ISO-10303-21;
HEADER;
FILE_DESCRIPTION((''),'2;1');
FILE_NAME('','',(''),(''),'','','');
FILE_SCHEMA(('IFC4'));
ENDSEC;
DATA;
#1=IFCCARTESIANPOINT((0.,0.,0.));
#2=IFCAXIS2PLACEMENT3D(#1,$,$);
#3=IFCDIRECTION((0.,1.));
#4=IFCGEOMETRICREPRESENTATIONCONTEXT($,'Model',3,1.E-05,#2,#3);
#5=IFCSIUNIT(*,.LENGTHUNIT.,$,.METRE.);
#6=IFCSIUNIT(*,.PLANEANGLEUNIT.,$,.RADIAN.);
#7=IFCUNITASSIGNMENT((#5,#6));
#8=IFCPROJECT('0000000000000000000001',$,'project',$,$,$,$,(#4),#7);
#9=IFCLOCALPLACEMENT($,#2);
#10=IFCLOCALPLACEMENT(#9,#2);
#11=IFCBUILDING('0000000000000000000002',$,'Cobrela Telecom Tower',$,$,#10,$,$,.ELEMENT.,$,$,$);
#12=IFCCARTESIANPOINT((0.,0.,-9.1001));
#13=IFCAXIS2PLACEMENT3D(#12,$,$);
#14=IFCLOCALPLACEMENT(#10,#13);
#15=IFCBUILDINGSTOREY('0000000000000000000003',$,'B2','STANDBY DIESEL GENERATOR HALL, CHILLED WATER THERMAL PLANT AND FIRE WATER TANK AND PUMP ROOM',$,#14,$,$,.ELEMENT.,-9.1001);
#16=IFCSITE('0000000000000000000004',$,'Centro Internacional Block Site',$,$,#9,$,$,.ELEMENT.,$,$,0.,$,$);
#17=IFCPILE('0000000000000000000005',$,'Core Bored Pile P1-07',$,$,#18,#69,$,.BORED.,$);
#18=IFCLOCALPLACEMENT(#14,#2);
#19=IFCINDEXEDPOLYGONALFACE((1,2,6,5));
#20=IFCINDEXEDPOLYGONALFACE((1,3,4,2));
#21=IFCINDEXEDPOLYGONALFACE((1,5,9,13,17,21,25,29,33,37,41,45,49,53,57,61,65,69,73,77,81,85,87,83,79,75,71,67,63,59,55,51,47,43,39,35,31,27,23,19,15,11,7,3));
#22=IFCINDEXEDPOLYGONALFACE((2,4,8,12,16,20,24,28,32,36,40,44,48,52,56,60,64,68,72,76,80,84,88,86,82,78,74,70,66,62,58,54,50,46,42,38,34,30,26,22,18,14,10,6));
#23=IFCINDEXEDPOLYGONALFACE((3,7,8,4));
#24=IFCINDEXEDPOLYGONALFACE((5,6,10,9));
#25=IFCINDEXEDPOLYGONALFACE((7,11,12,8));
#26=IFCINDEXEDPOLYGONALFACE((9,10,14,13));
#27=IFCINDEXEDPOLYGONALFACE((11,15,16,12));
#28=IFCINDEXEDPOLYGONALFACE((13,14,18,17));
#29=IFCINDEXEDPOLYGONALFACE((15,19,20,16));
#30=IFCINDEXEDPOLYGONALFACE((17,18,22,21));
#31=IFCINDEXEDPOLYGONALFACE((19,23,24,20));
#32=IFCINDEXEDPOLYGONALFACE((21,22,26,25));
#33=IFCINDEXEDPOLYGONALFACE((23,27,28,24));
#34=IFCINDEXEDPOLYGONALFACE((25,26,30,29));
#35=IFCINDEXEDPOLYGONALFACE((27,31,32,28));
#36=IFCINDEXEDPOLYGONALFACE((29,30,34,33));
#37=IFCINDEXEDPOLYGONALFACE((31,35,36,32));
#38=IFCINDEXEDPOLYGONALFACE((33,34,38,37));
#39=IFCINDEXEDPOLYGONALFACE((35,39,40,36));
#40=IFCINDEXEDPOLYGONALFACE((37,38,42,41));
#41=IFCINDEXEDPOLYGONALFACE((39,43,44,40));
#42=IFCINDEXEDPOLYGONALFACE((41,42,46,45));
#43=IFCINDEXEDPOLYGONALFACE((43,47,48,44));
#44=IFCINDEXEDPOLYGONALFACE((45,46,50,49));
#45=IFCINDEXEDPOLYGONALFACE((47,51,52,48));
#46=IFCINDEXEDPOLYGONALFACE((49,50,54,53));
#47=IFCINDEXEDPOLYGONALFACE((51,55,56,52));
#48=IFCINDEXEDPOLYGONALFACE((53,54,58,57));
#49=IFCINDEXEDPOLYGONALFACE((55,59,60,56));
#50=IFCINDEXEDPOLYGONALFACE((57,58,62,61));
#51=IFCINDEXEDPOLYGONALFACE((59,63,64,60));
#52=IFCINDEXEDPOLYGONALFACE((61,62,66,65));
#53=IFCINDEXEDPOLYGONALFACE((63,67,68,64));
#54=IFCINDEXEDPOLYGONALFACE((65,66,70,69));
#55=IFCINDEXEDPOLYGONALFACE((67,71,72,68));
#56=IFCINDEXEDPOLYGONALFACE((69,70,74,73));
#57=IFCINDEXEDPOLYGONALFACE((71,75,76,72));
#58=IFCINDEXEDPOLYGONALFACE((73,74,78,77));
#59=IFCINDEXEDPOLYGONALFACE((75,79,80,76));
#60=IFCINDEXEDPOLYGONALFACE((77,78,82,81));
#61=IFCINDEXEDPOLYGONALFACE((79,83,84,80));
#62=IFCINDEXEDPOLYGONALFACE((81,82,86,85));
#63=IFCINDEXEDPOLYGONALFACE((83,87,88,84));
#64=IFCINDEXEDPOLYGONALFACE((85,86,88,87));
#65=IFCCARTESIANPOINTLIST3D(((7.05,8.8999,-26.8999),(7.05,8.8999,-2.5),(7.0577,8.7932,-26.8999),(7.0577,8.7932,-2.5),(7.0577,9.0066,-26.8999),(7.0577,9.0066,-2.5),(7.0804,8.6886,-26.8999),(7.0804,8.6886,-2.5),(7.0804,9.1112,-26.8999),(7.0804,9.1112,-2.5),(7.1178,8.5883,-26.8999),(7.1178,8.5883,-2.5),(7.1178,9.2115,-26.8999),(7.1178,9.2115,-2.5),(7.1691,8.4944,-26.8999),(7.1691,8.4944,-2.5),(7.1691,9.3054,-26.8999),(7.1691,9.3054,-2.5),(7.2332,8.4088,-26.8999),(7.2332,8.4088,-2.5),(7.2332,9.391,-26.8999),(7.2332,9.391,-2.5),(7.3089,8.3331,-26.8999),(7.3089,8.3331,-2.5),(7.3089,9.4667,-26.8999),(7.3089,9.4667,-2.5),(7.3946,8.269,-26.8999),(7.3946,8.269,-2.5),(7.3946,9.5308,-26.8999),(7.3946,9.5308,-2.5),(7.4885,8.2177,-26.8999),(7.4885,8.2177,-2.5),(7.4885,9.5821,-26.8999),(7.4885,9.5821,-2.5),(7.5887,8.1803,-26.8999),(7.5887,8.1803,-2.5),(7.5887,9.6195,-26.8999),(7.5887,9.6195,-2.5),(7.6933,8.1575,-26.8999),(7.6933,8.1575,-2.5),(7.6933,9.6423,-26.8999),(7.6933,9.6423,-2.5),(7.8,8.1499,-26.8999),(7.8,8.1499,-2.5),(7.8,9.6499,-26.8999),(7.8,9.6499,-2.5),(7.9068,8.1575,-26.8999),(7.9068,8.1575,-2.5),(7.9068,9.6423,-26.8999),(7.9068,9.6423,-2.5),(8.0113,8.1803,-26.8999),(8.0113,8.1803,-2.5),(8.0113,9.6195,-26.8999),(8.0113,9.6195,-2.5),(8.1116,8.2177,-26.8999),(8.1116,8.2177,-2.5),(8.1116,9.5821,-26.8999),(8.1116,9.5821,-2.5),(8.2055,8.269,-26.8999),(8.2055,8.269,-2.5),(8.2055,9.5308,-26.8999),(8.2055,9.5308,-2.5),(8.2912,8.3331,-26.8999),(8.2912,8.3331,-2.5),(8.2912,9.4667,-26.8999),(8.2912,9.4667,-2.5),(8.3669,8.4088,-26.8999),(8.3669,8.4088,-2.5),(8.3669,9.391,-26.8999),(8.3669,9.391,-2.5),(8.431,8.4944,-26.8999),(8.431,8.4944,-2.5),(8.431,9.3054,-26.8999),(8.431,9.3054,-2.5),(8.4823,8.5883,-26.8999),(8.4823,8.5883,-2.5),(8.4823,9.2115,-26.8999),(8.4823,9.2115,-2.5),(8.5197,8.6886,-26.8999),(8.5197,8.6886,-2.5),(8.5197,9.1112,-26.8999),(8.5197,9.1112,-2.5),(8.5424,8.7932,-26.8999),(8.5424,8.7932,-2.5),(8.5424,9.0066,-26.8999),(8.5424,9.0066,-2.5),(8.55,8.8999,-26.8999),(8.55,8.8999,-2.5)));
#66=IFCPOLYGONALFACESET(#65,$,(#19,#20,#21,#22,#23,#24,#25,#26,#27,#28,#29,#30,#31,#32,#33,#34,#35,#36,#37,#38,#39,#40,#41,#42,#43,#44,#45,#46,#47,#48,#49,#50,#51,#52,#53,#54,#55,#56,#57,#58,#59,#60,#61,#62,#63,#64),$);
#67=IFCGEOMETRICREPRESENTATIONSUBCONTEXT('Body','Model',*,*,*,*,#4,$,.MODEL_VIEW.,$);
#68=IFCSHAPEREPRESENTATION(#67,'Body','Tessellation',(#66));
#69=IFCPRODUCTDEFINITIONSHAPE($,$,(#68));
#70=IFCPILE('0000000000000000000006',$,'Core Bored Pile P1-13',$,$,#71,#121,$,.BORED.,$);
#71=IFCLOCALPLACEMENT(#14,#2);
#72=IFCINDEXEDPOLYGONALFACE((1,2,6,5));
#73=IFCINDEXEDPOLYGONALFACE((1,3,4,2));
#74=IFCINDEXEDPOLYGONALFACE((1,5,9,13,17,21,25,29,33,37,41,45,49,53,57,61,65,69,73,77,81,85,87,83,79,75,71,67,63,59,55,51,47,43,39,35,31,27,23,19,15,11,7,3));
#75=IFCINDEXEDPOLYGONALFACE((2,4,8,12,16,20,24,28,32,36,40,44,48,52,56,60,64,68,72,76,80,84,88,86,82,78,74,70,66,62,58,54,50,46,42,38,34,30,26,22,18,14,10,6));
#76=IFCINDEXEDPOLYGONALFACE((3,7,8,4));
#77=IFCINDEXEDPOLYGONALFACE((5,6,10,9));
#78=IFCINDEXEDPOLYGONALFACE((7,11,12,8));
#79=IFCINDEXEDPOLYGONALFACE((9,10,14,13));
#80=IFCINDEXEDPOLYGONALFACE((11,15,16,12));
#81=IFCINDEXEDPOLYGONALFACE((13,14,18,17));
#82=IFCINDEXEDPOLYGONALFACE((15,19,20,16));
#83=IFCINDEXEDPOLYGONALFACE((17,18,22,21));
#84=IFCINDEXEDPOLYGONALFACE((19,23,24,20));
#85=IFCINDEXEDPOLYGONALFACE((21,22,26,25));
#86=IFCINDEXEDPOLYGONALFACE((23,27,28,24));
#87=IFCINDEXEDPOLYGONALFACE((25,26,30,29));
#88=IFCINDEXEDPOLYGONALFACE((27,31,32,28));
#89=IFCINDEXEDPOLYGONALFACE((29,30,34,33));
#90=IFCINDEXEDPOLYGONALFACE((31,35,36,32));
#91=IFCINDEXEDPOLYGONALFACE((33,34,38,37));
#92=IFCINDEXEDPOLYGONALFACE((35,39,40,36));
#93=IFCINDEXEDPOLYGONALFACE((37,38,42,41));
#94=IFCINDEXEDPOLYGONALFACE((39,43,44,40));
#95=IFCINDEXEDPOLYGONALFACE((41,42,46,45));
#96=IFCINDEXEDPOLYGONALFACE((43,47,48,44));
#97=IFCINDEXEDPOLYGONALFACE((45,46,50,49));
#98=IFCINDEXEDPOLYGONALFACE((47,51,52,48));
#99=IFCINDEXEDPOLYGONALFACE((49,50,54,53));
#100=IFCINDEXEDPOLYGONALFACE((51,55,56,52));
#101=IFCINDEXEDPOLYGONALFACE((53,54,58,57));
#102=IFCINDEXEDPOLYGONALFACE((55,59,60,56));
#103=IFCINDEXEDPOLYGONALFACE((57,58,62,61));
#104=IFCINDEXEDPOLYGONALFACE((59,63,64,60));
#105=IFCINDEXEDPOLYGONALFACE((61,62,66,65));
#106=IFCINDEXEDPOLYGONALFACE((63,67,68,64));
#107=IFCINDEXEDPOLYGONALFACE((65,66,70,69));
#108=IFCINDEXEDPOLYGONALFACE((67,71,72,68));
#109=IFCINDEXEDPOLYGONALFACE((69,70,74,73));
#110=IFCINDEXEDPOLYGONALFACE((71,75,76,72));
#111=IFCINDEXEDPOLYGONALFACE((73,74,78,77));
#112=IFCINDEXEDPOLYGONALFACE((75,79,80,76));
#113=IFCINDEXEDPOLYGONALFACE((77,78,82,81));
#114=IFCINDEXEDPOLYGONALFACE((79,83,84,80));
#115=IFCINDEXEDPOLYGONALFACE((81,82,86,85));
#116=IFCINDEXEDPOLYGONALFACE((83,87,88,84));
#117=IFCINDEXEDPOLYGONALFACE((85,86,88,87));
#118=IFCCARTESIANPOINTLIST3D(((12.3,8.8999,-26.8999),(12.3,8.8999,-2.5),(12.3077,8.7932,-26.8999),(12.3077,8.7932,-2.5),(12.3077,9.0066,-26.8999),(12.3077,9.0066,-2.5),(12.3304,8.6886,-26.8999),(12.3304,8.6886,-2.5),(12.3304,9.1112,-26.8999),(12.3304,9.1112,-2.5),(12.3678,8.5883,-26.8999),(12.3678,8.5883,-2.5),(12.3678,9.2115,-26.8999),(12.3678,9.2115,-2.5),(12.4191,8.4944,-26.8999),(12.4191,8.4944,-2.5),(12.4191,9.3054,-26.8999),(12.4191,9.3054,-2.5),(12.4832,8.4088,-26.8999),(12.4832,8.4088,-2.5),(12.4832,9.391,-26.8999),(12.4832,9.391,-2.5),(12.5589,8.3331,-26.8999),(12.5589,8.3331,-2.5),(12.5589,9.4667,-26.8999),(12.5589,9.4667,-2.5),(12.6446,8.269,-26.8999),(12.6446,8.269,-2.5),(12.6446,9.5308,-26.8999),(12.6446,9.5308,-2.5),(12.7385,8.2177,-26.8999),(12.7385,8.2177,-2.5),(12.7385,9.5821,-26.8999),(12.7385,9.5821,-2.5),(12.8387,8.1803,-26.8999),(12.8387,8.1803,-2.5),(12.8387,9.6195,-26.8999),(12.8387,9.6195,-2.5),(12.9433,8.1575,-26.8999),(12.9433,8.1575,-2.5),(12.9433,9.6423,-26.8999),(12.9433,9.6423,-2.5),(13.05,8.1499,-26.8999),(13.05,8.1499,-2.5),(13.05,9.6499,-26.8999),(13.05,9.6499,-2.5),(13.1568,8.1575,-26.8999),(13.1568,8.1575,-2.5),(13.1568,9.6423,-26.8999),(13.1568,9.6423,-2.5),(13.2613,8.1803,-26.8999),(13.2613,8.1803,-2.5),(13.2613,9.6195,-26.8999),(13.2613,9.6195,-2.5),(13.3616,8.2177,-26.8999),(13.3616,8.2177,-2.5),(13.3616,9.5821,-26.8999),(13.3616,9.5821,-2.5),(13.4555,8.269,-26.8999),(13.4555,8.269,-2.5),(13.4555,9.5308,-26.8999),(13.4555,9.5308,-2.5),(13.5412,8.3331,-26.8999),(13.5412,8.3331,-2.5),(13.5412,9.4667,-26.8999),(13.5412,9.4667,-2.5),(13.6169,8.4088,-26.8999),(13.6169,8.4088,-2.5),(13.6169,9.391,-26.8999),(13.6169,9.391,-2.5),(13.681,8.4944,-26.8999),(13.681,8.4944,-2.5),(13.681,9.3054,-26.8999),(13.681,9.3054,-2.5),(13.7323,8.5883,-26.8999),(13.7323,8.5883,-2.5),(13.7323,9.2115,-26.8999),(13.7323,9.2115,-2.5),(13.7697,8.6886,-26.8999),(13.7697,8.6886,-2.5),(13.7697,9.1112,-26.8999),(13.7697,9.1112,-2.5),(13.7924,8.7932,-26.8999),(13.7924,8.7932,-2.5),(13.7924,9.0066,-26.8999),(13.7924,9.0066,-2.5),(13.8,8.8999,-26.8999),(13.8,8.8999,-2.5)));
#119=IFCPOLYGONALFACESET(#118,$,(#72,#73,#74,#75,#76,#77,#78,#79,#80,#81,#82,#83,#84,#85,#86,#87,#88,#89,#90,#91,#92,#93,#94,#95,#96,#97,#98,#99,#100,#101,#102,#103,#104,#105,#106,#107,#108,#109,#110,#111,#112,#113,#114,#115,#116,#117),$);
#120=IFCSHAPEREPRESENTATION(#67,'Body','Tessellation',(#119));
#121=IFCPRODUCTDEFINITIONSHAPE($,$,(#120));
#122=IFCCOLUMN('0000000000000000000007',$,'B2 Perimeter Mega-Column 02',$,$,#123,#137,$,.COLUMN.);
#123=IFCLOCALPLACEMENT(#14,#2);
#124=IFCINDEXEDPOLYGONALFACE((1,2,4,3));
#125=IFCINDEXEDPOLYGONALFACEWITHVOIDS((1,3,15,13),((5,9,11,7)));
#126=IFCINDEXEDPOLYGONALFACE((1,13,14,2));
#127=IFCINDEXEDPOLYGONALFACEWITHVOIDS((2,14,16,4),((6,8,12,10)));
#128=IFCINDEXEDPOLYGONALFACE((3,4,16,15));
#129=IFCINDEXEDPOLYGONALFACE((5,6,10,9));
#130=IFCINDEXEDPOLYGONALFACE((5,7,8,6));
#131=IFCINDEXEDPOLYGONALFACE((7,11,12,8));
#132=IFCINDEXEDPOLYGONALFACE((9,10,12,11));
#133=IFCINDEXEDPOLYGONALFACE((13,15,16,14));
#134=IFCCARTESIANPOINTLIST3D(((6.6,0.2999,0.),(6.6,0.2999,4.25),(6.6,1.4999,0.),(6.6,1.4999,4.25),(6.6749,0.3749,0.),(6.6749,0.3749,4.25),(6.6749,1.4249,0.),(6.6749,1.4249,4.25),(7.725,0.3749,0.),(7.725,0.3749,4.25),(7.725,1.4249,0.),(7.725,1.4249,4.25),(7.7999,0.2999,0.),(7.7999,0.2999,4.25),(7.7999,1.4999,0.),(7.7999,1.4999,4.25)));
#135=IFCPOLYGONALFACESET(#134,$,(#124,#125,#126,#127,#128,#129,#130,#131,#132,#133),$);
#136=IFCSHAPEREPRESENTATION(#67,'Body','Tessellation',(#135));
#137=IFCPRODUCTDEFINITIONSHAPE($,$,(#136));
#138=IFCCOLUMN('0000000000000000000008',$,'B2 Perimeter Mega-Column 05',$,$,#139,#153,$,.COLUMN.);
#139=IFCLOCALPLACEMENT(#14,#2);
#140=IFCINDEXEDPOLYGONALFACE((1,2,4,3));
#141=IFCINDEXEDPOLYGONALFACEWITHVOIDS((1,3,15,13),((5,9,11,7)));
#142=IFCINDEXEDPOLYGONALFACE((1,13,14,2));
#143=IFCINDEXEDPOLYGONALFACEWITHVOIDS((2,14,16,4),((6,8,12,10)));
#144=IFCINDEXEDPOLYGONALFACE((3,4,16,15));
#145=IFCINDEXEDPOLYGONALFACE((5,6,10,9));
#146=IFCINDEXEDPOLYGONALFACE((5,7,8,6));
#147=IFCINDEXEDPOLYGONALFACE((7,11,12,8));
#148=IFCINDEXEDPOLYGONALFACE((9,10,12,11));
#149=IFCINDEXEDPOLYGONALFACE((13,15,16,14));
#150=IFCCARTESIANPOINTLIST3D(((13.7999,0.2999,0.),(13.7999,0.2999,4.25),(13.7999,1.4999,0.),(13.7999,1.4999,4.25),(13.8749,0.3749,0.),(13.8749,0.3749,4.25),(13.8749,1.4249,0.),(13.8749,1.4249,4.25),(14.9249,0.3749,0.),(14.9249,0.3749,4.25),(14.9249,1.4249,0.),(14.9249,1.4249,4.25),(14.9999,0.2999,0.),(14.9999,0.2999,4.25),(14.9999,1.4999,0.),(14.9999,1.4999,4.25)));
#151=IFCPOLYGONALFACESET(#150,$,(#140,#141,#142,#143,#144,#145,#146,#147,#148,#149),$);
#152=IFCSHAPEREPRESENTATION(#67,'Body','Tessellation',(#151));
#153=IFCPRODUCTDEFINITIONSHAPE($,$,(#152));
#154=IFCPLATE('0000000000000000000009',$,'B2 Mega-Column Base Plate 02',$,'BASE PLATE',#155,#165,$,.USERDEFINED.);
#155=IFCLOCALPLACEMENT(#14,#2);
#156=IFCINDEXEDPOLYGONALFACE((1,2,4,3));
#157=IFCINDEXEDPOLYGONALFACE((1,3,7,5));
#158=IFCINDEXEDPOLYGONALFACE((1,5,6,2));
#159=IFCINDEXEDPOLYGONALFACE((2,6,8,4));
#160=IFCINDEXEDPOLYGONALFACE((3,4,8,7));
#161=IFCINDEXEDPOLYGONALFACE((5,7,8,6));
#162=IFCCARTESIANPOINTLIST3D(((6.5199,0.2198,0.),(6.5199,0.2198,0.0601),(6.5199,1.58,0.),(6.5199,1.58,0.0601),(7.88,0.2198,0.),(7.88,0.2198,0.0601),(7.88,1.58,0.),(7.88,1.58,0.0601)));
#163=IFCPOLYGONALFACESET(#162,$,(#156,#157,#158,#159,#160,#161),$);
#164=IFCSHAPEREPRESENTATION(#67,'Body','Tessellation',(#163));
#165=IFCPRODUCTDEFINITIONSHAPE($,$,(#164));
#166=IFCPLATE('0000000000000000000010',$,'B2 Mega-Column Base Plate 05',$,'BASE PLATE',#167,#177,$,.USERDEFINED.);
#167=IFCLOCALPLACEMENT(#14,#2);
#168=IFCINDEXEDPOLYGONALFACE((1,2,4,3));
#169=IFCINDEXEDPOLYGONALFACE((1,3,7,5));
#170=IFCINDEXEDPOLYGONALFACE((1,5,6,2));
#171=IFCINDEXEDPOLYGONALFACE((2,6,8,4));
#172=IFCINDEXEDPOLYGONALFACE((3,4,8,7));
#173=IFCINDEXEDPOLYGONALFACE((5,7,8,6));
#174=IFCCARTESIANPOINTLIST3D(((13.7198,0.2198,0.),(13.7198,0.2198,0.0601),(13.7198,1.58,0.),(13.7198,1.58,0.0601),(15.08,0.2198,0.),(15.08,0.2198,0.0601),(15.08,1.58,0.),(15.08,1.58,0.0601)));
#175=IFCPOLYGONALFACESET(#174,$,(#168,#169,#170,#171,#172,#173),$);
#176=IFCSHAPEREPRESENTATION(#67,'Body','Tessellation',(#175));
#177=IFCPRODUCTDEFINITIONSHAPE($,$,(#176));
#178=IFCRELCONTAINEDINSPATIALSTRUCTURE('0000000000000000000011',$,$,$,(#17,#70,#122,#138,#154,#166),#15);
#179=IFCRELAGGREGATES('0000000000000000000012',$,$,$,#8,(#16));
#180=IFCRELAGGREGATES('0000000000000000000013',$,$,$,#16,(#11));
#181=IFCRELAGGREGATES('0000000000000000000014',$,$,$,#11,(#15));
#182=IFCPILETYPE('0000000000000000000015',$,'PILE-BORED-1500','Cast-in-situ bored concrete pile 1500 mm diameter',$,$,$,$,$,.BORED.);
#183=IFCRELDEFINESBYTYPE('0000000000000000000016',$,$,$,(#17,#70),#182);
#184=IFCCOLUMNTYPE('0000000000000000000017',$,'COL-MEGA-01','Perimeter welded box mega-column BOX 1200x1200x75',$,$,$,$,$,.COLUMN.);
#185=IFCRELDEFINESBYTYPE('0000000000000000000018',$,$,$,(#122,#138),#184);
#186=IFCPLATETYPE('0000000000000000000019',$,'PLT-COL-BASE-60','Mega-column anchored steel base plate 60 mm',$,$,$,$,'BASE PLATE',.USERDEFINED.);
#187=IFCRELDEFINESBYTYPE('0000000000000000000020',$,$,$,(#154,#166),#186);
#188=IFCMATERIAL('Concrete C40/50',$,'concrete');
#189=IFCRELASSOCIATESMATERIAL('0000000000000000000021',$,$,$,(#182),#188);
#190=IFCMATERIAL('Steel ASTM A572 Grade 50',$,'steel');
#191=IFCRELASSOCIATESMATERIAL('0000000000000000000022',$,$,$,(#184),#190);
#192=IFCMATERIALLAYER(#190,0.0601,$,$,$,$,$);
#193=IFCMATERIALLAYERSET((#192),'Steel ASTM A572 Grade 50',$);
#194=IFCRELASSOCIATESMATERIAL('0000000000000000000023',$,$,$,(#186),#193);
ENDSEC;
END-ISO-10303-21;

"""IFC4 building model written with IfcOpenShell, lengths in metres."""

from ifc_helpers import new_model, si_unit, direction, frame, origin, origin_2d, place, context, subcontext, project, spatial, rectangle, hollow_rectangle, circle, extrude, material, layer, layer_set, material_profile, profile_set, type_object, element, save


model = new_model("IFC4")

# Units and contexts
model_context = context("Model", 3, precision=1e-05, world=origin(), true_north=direction((0.0, 1.0)))
body_context = subcontext(model_context, "Body", "Model", "MODEL_VIEW")
ifc_project = project(units=[si_unit("LENGTHUNIT", "METRE"), si_unit("PLANEANGLEUNIT", "RADIAN")], contexts=[model_context])

# Site, building, storey
site_placement = place(None, origin())
site = spatial("IfcSite", under=ifc_project, at=site_placement, Name="Centro Internacional Block Site", CompositionType="ELEMENT", RefElevation=0.0)
building_placement = place(site_placement, origin())
building = spatial("IfcBuilding", under=site, at=building_placement, Name="Cobrela Telecom Tower", CompositionType="ELEMENT")
storey_placement = place(building_placement, frame((0.0, 0.0, -9.1001)))
storey = spatial("IfcBuildingStorey", under=building, at=storey_placement, Name="B2", Description="STANDBY DIESEL GENERATOR HALL, CHILLED WATER THERMAL PLANT AND FIRE WATER TANK AND PUMP ROOM", CompositionType="ELEMENT", Elevation=-9.1001)

# Shared definitions
ifc_material_1 = material(Name="Concrete C40/50", Category="concrete")

# Piles
ifc_material_profile_1 = material_profile(ifc_material_1, circle(Radius=0.75, at=origin_2d()), Name="BORED PILE D1500")
ifc_profile_set_1 = profile_set([ifc_material_profile_1], Name="Concrete C40/50")
pile_type_1 = type_object("IfcPileType", Name="PILE-BORED-1500", Description="Cast-in-situ bored concrete pile 1500 mm diameter", PredefinedType="BORED", material=ifc_profile_set_1)
for number, where, z_axis, x_axis, name in (
    (1, (7.8, 8.8999, -2.5), (0.0, 0.0, -1.0), (1.0, 0.0, 0.0), "Core Bored Pile P1-07"),
    (2, (13.05, 8.8999, -2.5), (0.0, 0.0, -1.0), (1.0, 0.0, 0.0), "Core Bored Pile P1-13"),
):
    element("IfcPile", number, at=place(storey_placement, frame(where, z_axis=z_axis, x_axis=x_axis)), inside=storey, type_object=pile_type_1, Name=name, PredefinedType="BORED", context=body_context, shape_type="SweptSolid", body=[
        extrude(circle(Radius=0.75, at=origin_2d()), origin(), (0.0, 0.0, 1.0), 24.3999),
    ])

# Columns
ifc_material_2 = material(Name="Steel ASTM A572 Grade 50", Category="steel")
ifc_material_profile_2 = material_profile(ifc_material_2, hollow_rectangle(XDim=1.2, YDim=1.2, WallThickness=0.075, at=origin_2d()), Name="BOX 1200x1200x75")
ifc_profile_set_2 = profile_set([ifc_material_profile_2], Name="Steel ASTM A572 Grade 50")
column_type = type_object("IfcColumnType", Name="COL-MEGA-01", Description="Perimeter welded box mega-column BOX 1200x1200x75", PredefinedType="COLUMN", material=ifc_profile_set_2)
for number, where, z_axis, x_axis, name in (
    (3, (7.2, 0.8999, 0.0), (0.0, 0.0, 1.0), (1.0, 0.0, 0.0), "B2 Perimeter Mega-Column 02"),
    (4, (14.3999, 0.8999, 0.0), (0.0, 0.0, 1.0), (1.0, 0.0, 0.0), "B2 Perimeter Mega-Column 05"),
):
    element("IfcColumn", number, at=place(storey_placement, frame(where, z_axis=z_axis, x_axis=x_axis)), inside=storey, type_object=column_type, Name=name, PredefinedType="COLUMN", context=body_context, shape_type="SweptSolid", body=[
        extrude(hollow_rectangle(XDim=1.2, YDim=1.2, WallThickness=0.075, at=origin_2d()), origin(), (0.0, 0.0, 1.0), 4.25),
    ])

# Plates
ifc_layer_1 = layer(ifc_material_2, 0.0601)
ifc_layer_set_1 = layer_set([ifc_layer_1], Name="Steel ASTM A572 Grade 50")
plate_type = type_object("IfcPlateType", Name="PLT-COL-BASE-60", Description="Mega-column anchored steel base plate 60 mm", ElementType="BASE PLATE", PredefinedType="USERDEFINED", material=ifc_layer_set_1)
for number, where, z_axis, x_axis, name in (
    (5, (7.2, 0.8999, 0.0), (0.0, 0.0, 1.0), (1.0, 0.0, 0.0), "B2 Mega-Column Base Plate 02"),
    (6, (14.3999, 0.8999, 0.0), (0.0, 0.0, 1.0), (1.0, 0.0, 0.0), "B2 Mega-Column Base Plate 05"),
):
    element("IfcPlate", number, at=place(storey_placement, frame(where, z_axis=z_axis, x_axis=x_axis)), inside=storey, type_object=plate_type, Name=name, ObjectType="BASE PLATE", PredefinedType="USERDEFINED", context=body_context, shape_type="SweptSolid", body=[
        extrude(rectangle(XDim=1.3601, YDim=1.3601, at=origin_2d()), origin(), (0.0, 0.0, 1.0), 0.0601),
    ])

save(model, "model.ifc")
